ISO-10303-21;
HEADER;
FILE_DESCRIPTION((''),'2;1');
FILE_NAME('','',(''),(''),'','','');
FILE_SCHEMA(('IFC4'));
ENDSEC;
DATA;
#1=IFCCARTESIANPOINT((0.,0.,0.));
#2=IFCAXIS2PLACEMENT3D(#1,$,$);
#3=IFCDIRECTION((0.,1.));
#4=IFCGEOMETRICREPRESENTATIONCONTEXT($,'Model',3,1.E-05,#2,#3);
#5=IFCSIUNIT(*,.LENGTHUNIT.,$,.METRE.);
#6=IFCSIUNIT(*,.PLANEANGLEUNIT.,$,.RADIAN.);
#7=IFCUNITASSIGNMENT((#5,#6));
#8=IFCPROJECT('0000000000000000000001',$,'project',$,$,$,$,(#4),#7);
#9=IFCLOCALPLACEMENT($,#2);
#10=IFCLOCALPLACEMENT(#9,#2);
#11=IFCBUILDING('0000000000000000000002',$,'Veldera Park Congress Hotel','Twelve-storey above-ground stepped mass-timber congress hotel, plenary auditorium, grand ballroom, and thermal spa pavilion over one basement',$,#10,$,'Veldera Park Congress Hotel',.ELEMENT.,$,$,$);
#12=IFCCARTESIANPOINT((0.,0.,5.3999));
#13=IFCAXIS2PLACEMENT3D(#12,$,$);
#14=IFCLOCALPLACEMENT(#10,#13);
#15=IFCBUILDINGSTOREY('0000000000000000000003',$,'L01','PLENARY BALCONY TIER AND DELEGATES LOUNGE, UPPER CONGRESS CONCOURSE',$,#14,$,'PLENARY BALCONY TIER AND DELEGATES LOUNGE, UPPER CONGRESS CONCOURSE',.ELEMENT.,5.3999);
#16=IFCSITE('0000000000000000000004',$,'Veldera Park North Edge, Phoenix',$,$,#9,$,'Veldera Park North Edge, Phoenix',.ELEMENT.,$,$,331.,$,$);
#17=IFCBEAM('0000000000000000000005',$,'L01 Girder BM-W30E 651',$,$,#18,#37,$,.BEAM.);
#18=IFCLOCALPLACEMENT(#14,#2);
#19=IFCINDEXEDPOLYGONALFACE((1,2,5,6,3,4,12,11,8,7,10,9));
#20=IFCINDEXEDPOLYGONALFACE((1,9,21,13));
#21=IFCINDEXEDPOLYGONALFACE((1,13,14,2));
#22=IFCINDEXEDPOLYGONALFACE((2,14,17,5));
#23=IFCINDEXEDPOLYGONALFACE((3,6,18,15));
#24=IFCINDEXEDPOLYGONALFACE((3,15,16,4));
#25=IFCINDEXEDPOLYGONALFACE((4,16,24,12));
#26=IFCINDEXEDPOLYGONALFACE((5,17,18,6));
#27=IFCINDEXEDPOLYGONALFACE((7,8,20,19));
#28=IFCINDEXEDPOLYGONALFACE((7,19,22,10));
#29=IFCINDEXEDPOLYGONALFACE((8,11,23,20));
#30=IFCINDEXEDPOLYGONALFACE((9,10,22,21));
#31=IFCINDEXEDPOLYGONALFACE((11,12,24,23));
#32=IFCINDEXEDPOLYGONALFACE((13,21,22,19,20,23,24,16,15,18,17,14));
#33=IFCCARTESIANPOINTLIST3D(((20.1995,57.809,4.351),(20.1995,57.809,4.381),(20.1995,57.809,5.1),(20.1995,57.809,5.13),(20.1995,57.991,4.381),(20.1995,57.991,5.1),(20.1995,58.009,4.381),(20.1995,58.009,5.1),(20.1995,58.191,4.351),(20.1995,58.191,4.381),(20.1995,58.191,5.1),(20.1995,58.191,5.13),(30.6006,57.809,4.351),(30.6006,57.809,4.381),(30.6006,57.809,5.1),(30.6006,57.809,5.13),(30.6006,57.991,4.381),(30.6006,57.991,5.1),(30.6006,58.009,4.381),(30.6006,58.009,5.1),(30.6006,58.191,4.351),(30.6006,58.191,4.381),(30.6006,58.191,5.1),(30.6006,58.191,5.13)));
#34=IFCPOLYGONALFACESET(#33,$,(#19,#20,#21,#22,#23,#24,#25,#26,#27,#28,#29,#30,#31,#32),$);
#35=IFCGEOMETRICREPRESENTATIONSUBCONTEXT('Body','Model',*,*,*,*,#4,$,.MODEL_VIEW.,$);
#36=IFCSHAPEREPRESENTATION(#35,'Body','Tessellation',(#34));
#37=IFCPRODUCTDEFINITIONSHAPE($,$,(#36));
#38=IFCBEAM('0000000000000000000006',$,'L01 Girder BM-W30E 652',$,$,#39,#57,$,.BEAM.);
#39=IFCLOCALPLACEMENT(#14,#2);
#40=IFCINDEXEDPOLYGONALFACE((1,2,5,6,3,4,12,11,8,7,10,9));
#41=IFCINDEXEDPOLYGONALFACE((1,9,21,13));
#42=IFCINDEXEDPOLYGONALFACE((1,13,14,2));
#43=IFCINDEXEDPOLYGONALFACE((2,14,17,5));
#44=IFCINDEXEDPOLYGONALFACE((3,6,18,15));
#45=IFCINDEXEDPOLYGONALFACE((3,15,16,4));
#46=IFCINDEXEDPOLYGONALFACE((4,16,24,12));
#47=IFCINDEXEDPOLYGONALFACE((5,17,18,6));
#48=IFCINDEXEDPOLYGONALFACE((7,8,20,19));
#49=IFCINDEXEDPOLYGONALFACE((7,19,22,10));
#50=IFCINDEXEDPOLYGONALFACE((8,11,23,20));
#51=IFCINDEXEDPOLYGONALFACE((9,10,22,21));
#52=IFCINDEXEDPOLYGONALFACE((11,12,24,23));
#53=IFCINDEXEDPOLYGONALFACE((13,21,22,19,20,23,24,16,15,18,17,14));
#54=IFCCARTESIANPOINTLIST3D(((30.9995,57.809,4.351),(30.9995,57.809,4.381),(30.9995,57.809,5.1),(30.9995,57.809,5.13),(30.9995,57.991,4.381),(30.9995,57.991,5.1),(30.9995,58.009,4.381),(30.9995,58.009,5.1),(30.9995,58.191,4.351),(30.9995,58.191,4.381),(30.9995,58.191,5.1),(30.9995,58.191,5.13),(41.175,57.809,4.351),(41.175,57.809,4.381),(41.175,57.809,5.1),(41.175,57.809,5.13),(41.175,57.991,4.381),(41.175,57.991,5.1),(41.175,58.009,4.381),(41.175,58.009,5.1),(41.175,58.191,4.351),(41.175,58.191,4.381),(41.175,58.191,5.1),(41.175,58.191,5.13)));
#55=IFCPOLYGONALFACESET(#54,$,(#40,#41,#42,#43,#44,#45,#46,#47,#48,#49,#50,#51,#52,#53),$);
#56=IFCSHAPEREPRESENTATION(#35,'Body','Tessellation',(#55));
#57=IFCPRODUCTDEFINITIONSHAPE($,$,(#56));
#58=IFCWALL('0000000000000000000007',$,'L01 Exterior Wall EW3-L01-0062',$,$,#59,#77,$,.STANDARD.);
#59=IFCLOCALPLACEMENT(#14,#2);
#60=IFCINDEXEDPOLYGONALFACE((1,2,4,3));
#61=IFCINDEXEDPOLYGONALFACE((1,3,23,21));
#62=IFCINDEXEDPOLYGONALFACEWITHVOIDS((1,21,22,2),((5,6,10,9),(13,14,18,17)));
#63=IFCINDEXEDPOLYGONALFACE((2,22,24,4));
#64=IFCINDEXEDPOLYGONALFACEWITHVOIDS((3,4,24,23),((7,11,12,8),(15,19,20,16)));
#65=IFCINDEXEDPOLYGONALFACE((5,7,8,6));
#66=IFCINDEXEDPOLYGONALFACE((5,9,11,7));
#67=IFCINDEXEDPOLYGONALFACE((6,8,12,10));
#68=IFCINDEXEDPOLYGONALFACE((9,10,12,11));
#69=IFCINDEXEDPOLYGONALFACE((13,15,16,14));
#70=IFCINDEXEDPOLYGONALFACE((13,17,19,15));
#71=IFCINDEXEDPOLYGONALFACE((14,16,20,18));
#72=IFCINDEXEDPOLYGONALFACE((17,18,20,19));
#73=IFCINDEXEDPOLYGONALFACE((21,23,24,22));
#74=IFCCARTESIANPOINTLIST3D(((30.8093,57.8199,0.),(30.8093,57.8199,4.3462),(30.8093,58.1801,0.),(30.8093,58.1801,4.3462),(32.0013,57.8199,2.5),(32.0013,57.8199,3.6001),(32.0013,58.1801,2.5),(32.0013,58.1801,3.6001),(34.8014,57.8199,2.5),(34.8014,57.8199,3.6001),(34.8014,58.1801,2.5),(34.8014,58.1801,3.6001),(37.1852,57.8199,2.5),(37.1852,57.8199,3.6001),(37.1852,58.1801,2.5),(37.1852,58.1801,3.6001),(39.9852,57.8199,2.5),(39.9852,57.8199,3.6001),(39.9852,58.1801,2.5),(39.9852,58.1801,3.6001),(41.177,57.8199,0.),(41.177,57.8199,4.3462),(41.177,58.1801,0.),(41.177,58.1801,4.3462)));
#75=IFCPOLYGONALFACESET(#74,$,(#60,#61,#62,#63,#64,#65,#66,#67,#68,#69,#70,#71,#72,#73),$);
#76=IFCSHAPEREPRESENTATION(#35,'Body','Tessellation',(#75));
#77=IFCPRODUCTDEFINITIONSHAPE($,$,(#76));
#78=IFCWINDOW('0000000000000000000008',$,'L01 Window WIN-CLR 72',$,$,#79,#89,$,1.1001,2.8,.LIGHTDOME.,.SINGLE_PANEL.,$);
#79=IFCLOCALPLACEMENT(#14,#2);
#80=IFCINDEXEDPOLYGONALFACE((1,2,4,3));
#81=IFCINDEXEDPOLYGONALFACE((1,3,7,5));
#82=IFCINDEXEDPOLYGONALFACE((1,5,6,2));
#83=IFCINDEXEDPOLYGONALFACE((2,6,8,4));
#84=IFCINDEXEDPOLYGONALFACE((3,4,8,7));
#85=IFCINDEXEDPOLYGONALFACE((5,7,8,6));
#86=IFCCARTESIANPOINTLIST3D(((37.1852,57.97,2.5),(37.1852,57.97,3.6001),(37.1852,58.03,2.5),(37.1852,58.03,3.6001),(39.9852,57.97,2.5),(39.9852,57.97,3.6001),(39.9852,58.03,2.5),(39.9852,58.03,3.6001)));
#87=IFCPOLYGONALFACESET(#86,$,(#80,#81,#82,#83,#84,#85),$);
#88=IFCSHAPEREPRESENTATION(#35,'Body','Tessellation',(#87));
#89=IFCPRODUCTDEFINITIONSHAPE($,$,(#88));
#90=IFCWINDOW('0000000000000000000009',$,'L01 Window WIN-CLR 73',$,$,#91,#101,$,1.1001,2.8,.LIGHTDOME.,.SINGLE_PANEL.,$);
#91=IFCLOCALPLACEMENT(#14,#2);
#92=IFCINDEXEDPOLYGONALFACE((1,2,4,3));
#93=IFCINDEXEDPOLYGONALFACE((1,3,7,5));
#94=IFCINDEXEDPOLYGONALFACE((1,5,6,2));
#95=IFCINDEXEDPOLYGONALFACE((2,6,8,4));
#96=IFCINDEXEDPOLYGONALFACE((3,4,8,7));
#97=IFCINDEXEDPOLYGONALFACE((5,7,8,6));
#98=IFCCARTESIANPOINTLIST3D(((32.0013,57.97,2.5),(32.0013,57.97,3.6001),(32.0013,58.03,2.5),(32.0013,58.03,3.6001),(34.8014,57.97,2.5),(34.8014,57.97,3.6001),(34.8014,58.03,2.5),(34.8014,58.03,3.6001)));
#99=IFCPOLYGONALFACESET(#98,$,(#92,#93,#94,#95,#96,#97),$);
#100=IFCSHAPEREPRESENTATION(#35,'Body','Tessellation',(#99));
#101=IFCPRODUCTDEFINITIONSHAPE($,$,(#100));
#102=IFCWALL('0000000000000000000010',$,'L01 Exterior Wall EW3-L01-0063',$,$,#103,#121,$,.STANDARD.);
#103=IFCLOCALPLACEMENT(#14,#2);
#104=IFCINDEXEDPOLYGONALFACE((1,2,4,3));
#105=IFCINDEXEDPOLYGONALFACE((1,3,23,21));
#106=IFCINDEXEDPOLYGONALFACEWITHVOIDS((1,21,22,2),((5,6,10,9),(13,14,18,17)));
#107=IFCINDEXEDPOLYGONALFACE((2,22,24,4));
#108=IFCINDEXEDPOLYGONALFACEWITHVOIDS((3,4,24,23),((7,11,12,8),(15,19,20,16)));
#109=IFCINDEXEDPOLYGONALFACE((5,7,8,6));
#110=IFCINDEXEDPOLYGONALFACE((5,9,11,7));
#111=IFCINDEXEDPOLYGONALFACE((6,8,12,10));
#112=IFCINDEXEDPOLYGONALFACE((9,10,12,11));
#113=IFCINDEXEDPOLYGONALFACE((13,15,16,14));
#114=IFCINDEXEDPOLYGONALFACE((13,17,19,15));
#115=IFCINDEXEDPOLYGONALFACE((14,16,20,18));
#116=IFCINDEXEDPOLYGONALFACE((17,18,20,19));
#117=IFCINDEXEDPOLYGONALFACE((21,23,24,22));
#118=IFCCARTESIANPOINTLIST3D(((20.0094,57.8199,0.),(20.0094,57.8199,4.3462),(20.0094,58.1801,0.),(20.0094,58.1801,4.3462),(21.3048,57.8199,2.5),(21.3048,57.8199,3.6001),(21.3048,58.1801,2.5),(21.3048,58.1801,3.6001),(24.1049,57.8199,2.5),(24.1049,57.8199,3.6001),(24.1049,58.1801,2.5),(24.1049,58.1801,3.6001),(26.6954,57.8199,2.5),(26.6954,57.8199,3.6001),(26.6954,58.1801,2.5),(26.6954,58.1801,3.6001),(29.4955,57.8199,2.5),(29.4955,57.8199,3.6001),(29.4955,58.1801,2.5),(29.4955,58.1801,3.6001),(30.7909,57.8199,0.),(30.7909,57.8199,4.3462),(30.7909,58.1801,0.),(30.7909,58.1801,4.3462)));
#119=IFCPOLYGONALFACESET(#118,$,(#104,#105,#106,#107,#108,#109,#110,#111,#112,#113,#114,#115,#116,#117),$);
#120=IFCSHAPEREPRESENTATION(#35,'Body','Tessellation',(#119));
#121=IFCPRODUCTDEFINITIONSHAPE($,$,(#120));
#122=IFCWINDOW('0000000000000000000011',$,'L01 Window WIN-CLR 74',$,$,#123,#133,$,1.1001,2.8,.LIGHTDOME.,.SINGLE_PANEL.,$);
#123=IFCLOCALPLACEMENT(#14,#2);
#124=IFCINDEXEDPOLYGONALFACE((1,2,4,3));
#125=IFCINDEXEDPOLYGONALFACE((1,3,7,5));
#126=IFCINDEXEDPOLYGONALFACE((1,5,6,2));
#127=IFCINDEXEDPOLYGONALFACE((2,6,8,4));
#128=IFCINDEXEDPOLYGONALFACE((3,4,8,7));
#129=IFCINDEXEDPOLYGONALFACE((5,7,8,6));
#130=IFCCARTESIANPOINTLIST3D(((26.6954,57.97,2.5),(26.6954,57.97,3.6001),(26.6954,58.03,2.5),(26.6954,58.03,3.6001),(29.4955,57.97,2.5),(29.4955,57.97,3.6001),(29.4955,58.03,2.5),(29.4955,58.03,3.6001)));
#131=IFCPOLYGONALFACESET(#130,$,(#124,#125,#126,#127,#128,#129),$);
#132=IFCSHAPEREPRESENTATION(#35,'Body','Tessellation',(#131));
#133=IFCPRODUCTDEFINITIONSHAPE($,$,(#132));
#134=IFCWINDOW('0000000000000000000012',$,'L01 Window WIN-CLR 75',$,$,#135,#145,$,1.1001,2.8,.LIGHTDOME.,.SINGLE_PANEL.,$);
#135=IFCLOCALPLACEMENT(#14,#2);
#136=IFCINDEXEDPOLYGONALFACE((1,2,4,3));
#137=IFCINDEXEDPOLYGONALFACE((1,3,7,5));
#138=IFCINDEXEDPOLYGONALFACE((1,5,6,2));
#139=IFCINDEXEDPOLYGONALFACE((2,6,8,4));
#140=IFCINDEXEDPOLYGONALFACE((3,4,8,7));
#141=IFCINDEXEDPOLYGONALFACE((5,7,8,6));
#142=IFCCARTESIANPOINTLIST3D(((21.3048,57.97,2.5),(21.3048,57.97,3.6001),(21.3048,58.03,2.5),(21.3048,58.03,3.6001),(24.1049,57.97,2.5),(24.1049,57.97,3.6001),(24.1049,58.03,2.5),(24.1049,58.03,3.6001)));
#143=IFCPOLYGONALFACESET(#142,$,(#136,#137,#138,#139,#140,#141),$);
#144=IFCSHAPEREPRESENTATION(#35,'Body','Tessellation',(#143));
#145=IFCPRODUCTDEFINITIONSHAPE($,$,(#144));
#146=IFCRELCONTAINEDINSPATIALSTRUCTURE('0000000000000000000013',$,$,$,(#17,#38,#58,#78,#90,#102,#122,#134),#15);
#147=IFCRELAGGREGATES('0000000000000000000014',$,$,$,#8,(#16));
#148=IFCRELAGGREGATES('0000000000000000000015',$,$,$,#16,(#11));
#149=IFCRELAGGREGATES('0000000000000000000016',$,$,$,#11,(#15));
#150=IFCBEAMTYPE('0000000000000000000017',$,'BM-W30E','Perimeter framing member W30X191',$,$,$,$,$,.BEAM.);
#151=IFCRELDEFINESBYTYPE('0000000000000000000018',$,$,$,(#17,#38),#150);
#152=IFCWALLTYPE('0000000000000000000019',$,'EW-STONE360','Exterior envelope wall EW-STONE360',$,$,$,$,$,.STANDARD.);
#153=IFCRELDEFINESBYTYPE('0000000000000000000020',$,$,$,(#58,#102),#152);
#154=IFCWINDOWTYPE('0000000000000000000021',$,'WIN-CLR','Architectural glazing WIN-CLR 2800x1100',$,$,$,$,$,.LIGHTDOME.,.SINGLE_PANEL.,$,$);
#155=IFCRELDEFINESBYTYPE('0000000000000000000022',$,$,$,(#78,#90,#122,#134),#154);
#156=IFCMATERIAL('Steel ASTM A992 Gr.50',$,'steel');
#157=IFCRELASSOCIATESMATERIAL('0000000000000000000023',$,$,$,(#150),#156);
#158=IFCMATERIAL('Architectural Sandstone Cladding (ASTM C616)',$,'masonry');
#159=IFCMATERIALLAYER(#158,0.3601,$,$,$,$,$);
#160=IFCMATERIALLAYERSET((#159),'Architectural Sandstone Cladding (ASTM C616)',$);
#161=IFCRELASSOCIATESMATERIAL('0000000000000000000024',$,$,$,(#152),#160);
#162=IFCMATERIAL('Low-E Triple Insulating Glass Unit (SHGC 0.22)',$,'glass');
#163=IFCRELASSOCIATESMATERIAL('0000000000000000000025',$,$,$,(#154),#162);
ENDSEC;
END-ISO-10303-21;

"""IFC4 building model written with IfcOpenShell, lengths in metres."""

from ifc_helpers import new_model, si_unit, direction, frame, frame_2d, origin, origin_2d, place, context, subcontext, project, spatial, rectangle, i_section, extrude, material, layer, layer_set, material_profile, profile_set, type_object, element, fill, save


model = new_model("IFC4")

# Units and contexts
model_context = context("Model", 3, precision=1e-05, world=origin(), true_north=direction((0.0, 1.0)))
body_context = subcontext(model_context, "Body", "Model", "MODEL_VIEW")
ifc_project = project(units=[si_unit("LENGTHUNIT", "METRE"), si_unit("PLANEANGLEUNIT", "RADIAN")], contexts=[model_context])

# Site, building, storey
site_placement = place(None, origin())
site = spatial("IfcSite", under=ifc_project, at=site_placement, Name="Veldera Park North Edge, Phoenix", LongName="Veldera Park North Edge, Phoenix", CompositionType="ELEMENT", RefElevation=331.0)
building_placement = place(site_placement, origin())
building = spatial("IfcBuilding", under=site, at=building_placement, Name="Veldera Park Congress Hotel", Description="Twelve-storey above-ground stepped mass-timber congress hotel, plenary auditorium, grand ballroom, and thermal spa pavilion over one basement", LongName="Veldera Park Congress Hotel", CompositionType="ELEMENT")
storey_placement = place(building_placement, frame((0.0, 0.0, 5.3999)))
storey = spatial("IfcBuildingStorey", under=building, at=storey_placement, Name="L01", Description="PLENARY BALCONY TIER AND DELEGATES LOUNGE, UPPER CONGRESS CONCOURSE", LongName="PLENARY BALCONY TIER AND DELEGATES LOUNGE, UPPER CONGRESS CONCOURSE", CompositionType="ELEMENT", Elevation=5.3999)

# Shared definitions
ifc_material_1 = material(Name="Steel ASTM A992 Gr.50", Category="steel")

# Beams
ifc_material_profile_1 = material_profile(ifc_material_1, i_section(OverallWidth=0.3821, OverallDepth=0.7791, WebThickness=0.0181, FlangeThickness=0.03, at=origin_2d()), Name="W30X191")
ifc_profile_set_1 = profile_set([ifc_material_profile_1], Name="Steel ASTM A992 Gr.50")
beam_type_1 = type_object("IfcBeamType", Name="BM-W30E", Description="Perimeter framing member W30X191", PredefinedType="BEAM", material=ifc_profile_set_1)
for number, where, z_axis, x_axis, name in (
    (1, (20.1995, 58.0, 4.7405), (1.0, 0.0, 0.0), (0.0, 1.0, 0.0), "L01 Girder BM-W30E 651"),
):
    element("IfcBeam", number, at=place(storey_placement, frame(where, z_axis=z_axis, x_axis=x_axis)), inside=storey, type_object=beam_type_1, Name=name, PredefinedType="BEAM", context=body_context, shape_type="SweptSolid", body=[
        extrude(i_section(OverallWidth=0.3821, OverallDepth=0.7791, WebThickness=0.0181, FlangeThickness=0.03, at=origin_2d()), origin(), (0.0, 0.0, 1.0), 10.4011),
    ])
beam_1_placement = place(storey_placement, frame((30.9995, 58.0, 4.7405), z_axis=(1.0, 0.0, 0.0), x_axis=(0.0, 1.0, 0.0)))
element("IfcBeam", 2, at=beam_1_placement, inside=storey, type_object=beam_type_1, Name="L01 Girder BM-W30E 652", PredefinedType="BEAM", context=body_context, shape_type="SweptSolid", body=[
    extrude(i_section(OverallWidth=0.3821, OverallDepth=0.7791, WebThickness=0.0181, FlangeThickness=0.03, at=origin_2d()), origin(), (0.0, 0.0, 1.0), 10.1755),
])

# Walls, openings, windows
ifc_material_2 = material(Name="Architectural Sandstone Cladding (ASTM C616)", Category="masonry")
ifc_layer_1 = layer(ifc_material_2, 0.3601)
ifc_layer_set_1 = layer_set([ifc_layer_1], Name="Architectural Sandstone Cladding (ASTM C616)")
wall_type_1 = type_object("IfcWallType", Name="EW-STONE360", Description="Exterior envelope wall EW-STONE360", PredefinedType="STANDARD", material=ifc_layer_set_1)
wall_1_placement = place(storey_placement, frame((41.177, 58.0, 0.0), z_axis=(0.0, 0.0, 1.0), x_axis=(-1.0, 0.0, 0.0)))
wall_1 = element("IfcWall", 3, at=wall_1_placement, inside=storey, type_object=wall_type_1, Name="L01 Exterior Wall EW3-L01-0062", PredefinedType="STANDARD", context=body_context, shape_type="SweptSolid", body=[
    extrude(rectangle(XDim=10.3677, YDim=0.3601, at=frame_2d((5.1838, 0.0))), origin(), (0.0, 0.0, 1.0), 4.3462),
])
opening_1_placement = place(wall_1_placement, frame((1.1919, 0.0, 2.5)))
opening_1 = element("IfcOpeningElement", 4, at=opening_1_placement, cuts=wall_1, PredefinedType="OPENING", context=body_context, shape_type="SweptSolid", body=[
    extrude(rectangle(XDim=2.8, YDim=1.1001, at=frame_2d((1.3999, 0.55))), frame((0.0, 0.1921, 0.0), z_axis=(0.0, -1.0, 0.0), x_axis=(1.0, 0.0, 0.0)), (0.0, 0.0, 1.0), 0.384),
])
opening_2_placement = place(wall_1_placement, frame((6.3757, 0.0, 2.5)))
opening_2 = element("IfcOpeningElement", 5, at=opening_2_placement, cuts=wall_1, PredefinedType="OPENING", context=body_context, shape_type="SweptSolid", body=[
    extrude(rectangle(XDim=2.8, YDim=1.1001, at=frame_2d((1.3999, 0.55))), frame((0.0, 0.1921, 0.0), z_axis=(0.0, -1.0, 0.0), x_axis=(1.0, 0.0, 0.0)), (0.0, 0.0, 1.0), 0.384),
])
ifc_material_3 = material(Name="Low-E Triple Insulating Glass Unit (SHGC 0.22)", Category="glass")
window_type = type_object("IfcWindowType", Name="WIN-CLR", Description="Architectural glazing WIN-CLR 2800x1100", PartitioningType="SINGLE_PANEL", PredefinedType="LIGHTDOME", material=ifc_material_3)
window_1_placement = place(opening_1_placement, origin())
window_1 = element("IfcWindow", 6, at=window_1_placement, inside=storey, type_object=window_type, Name="L01 Window WIN-CLR 72", OverallHeight=1.1001, OverallWidth=2.8, PartitioningType="SINGLE_PANEL", PredefinedType="LIGHTDOME", context=body_context, shape_type="SweptSolid", body=[
    extrude(rectangle(XDim=2.8, YDim=1.1001, at=frame_2d((1.3999, 0.55))), frame((0.0, 0.03, 0.0), z_axis=(0.0, -1.0, 0.0), x_axis=(1.0, 0.0, 0.0)), (0.0, 0.0, 1.0), 0.0601),
])
fill(opening_1, window_1)
window_2_placement = place(opening_2_placement, origin())
window_2 = element("IfcWindow", 7, at=window_2_placement, inside=storey, type_object=window_type, Name="L01 Window WIN-CLR 73", OverallHeight=1.1001, OverallWidth=2.8, PartitioningType="SINGLE_PANEL", PredefinedType="LIGHTDOME", context=body_context, shape_type="SweptSolid", body=[
    extrude(rectangle(XDim=2.8, YDim=1.1001, at=frame_2d((1.3999, 0.55))), frame((0.0, 0.03, 0.0), z_axis=(0.0, -1.0, 0.0), x_axis=(1.0, 0.0, 0.0)), (0.0, 0.0, 1.0), 0.0601),
])
fill(opening_2, window_2)
wall_2_placement = place(storey_placement, frame((30.7908, 58.0, 0.0), z_axis=(0.0, 0.0, 1.0), x_axis=(-1.0, 0.0, 0.0)))
wall_2 = element("IfcWall", 8, at=wall_2_placement, inside=storey, type_object=wall_type_1, Name="L01 Exterior Wall EW3-L01-0063", PredefinedType="STANDARD", context=body_context, shape_type="SweptSolid", body=[
    extrude(rectangle(XDim=10.7815, YDim=0.3601, at=frame_2d((5.3906, 0.0))), origin(), (0.0, 0.0, 1.0), 4.3462),
])
opening_3_placement = place(wall_2_placement, frame((1.2954, 0.0, 2.5)))
opening_3 = element("IfcOpeningElement", 9, at=opening_3_placement, cuts=wall_2, PredefinedType="OPENING", context=body_context, shape_type="SweptSolid", body=[
    extrude(rectangle(XDim=2.8, YDim=1.1001, at=frame_2d((1.3999, 0.55))), frame((0.0, 0.1921, 0.0), z_axis=(0.0, -1.0, 0.0), x_axis=(1.0, 0.0, 0.0)), (0.0, 0.0, 1.0), 0.384),
])
opening_4_placement = place(wall_2_placement, frame((6.686, 0.0, 2.5)))
opening_4 = element("IfcOpeningElement", 10, at=opening_4_placement, cuts=wall_2, PredefinedType="OPENING", context=body_context, shape_type="SweptSolid", body=[
    extrude(rectangle(XDim=2.8, YDim=1.1001, at=frame_2d((1.3999, 0.55))), frame((0.0, 0.1921, 0.0), z_axis=(0.0, -1.0, 0.0), x_axis=(1.0, 0.0, 0.0)), (0.0, 0.0, 1.0), 0.384),
])
window_3_placement = place(opening_3_placement, origin())
window_3 = element("IfcWindow", 11, at=window_3_placement, inside=storey, type_object=window_type, Name="L01 Window WIN-CLR 74", OverallHeight=1.1001, OverallWidth=2.8, PartitioningType="SINGLE_PANEL", PredefinedType="LIGHTDOME", context=body_context, shape_type="SweptSolid", body=[
    extrude(rectangle(XDim=2.8, YDim=1.1001, at=frame_2d((1.3999, 0.55))), frame((0.0, 0.03, 0.0), z_axis=(0.0, -1.0, 0.0), x_axis=(1.0, 0.0, 0.0)), (0.0, 0.0, 1.0), 0.0601),
])
fill(opening_3, window_3)
window_4_placement = place(opening_4_placement, origin())
window_4 = element("IfcWindow", 12, at=window_4_placement, inside=storey, type_object=window_type, Name="L01 Window WIN-CLR 75", OverallHeight=1.1001, OverallWidth=2.8, PartitioningType="SINGLE_PANEL", PredefinedType="LIGHTDOME", context=body_context, shape_type="SweptSolid", body=[
    extrude(rectangle(XDim=2.8, YDim=1.1001, at=frame_2d((1.3999, 0.55))), frame((0.0, 0.03, 0.0), z_axis=(0.0, -1.0, 0.0), x_axis=(1.0, 0.0, 0.0)), (0.0, 0.0, 1.0), 0.0601),
])
fill(opening_4, window_4)

save(model, "model.ifc")
